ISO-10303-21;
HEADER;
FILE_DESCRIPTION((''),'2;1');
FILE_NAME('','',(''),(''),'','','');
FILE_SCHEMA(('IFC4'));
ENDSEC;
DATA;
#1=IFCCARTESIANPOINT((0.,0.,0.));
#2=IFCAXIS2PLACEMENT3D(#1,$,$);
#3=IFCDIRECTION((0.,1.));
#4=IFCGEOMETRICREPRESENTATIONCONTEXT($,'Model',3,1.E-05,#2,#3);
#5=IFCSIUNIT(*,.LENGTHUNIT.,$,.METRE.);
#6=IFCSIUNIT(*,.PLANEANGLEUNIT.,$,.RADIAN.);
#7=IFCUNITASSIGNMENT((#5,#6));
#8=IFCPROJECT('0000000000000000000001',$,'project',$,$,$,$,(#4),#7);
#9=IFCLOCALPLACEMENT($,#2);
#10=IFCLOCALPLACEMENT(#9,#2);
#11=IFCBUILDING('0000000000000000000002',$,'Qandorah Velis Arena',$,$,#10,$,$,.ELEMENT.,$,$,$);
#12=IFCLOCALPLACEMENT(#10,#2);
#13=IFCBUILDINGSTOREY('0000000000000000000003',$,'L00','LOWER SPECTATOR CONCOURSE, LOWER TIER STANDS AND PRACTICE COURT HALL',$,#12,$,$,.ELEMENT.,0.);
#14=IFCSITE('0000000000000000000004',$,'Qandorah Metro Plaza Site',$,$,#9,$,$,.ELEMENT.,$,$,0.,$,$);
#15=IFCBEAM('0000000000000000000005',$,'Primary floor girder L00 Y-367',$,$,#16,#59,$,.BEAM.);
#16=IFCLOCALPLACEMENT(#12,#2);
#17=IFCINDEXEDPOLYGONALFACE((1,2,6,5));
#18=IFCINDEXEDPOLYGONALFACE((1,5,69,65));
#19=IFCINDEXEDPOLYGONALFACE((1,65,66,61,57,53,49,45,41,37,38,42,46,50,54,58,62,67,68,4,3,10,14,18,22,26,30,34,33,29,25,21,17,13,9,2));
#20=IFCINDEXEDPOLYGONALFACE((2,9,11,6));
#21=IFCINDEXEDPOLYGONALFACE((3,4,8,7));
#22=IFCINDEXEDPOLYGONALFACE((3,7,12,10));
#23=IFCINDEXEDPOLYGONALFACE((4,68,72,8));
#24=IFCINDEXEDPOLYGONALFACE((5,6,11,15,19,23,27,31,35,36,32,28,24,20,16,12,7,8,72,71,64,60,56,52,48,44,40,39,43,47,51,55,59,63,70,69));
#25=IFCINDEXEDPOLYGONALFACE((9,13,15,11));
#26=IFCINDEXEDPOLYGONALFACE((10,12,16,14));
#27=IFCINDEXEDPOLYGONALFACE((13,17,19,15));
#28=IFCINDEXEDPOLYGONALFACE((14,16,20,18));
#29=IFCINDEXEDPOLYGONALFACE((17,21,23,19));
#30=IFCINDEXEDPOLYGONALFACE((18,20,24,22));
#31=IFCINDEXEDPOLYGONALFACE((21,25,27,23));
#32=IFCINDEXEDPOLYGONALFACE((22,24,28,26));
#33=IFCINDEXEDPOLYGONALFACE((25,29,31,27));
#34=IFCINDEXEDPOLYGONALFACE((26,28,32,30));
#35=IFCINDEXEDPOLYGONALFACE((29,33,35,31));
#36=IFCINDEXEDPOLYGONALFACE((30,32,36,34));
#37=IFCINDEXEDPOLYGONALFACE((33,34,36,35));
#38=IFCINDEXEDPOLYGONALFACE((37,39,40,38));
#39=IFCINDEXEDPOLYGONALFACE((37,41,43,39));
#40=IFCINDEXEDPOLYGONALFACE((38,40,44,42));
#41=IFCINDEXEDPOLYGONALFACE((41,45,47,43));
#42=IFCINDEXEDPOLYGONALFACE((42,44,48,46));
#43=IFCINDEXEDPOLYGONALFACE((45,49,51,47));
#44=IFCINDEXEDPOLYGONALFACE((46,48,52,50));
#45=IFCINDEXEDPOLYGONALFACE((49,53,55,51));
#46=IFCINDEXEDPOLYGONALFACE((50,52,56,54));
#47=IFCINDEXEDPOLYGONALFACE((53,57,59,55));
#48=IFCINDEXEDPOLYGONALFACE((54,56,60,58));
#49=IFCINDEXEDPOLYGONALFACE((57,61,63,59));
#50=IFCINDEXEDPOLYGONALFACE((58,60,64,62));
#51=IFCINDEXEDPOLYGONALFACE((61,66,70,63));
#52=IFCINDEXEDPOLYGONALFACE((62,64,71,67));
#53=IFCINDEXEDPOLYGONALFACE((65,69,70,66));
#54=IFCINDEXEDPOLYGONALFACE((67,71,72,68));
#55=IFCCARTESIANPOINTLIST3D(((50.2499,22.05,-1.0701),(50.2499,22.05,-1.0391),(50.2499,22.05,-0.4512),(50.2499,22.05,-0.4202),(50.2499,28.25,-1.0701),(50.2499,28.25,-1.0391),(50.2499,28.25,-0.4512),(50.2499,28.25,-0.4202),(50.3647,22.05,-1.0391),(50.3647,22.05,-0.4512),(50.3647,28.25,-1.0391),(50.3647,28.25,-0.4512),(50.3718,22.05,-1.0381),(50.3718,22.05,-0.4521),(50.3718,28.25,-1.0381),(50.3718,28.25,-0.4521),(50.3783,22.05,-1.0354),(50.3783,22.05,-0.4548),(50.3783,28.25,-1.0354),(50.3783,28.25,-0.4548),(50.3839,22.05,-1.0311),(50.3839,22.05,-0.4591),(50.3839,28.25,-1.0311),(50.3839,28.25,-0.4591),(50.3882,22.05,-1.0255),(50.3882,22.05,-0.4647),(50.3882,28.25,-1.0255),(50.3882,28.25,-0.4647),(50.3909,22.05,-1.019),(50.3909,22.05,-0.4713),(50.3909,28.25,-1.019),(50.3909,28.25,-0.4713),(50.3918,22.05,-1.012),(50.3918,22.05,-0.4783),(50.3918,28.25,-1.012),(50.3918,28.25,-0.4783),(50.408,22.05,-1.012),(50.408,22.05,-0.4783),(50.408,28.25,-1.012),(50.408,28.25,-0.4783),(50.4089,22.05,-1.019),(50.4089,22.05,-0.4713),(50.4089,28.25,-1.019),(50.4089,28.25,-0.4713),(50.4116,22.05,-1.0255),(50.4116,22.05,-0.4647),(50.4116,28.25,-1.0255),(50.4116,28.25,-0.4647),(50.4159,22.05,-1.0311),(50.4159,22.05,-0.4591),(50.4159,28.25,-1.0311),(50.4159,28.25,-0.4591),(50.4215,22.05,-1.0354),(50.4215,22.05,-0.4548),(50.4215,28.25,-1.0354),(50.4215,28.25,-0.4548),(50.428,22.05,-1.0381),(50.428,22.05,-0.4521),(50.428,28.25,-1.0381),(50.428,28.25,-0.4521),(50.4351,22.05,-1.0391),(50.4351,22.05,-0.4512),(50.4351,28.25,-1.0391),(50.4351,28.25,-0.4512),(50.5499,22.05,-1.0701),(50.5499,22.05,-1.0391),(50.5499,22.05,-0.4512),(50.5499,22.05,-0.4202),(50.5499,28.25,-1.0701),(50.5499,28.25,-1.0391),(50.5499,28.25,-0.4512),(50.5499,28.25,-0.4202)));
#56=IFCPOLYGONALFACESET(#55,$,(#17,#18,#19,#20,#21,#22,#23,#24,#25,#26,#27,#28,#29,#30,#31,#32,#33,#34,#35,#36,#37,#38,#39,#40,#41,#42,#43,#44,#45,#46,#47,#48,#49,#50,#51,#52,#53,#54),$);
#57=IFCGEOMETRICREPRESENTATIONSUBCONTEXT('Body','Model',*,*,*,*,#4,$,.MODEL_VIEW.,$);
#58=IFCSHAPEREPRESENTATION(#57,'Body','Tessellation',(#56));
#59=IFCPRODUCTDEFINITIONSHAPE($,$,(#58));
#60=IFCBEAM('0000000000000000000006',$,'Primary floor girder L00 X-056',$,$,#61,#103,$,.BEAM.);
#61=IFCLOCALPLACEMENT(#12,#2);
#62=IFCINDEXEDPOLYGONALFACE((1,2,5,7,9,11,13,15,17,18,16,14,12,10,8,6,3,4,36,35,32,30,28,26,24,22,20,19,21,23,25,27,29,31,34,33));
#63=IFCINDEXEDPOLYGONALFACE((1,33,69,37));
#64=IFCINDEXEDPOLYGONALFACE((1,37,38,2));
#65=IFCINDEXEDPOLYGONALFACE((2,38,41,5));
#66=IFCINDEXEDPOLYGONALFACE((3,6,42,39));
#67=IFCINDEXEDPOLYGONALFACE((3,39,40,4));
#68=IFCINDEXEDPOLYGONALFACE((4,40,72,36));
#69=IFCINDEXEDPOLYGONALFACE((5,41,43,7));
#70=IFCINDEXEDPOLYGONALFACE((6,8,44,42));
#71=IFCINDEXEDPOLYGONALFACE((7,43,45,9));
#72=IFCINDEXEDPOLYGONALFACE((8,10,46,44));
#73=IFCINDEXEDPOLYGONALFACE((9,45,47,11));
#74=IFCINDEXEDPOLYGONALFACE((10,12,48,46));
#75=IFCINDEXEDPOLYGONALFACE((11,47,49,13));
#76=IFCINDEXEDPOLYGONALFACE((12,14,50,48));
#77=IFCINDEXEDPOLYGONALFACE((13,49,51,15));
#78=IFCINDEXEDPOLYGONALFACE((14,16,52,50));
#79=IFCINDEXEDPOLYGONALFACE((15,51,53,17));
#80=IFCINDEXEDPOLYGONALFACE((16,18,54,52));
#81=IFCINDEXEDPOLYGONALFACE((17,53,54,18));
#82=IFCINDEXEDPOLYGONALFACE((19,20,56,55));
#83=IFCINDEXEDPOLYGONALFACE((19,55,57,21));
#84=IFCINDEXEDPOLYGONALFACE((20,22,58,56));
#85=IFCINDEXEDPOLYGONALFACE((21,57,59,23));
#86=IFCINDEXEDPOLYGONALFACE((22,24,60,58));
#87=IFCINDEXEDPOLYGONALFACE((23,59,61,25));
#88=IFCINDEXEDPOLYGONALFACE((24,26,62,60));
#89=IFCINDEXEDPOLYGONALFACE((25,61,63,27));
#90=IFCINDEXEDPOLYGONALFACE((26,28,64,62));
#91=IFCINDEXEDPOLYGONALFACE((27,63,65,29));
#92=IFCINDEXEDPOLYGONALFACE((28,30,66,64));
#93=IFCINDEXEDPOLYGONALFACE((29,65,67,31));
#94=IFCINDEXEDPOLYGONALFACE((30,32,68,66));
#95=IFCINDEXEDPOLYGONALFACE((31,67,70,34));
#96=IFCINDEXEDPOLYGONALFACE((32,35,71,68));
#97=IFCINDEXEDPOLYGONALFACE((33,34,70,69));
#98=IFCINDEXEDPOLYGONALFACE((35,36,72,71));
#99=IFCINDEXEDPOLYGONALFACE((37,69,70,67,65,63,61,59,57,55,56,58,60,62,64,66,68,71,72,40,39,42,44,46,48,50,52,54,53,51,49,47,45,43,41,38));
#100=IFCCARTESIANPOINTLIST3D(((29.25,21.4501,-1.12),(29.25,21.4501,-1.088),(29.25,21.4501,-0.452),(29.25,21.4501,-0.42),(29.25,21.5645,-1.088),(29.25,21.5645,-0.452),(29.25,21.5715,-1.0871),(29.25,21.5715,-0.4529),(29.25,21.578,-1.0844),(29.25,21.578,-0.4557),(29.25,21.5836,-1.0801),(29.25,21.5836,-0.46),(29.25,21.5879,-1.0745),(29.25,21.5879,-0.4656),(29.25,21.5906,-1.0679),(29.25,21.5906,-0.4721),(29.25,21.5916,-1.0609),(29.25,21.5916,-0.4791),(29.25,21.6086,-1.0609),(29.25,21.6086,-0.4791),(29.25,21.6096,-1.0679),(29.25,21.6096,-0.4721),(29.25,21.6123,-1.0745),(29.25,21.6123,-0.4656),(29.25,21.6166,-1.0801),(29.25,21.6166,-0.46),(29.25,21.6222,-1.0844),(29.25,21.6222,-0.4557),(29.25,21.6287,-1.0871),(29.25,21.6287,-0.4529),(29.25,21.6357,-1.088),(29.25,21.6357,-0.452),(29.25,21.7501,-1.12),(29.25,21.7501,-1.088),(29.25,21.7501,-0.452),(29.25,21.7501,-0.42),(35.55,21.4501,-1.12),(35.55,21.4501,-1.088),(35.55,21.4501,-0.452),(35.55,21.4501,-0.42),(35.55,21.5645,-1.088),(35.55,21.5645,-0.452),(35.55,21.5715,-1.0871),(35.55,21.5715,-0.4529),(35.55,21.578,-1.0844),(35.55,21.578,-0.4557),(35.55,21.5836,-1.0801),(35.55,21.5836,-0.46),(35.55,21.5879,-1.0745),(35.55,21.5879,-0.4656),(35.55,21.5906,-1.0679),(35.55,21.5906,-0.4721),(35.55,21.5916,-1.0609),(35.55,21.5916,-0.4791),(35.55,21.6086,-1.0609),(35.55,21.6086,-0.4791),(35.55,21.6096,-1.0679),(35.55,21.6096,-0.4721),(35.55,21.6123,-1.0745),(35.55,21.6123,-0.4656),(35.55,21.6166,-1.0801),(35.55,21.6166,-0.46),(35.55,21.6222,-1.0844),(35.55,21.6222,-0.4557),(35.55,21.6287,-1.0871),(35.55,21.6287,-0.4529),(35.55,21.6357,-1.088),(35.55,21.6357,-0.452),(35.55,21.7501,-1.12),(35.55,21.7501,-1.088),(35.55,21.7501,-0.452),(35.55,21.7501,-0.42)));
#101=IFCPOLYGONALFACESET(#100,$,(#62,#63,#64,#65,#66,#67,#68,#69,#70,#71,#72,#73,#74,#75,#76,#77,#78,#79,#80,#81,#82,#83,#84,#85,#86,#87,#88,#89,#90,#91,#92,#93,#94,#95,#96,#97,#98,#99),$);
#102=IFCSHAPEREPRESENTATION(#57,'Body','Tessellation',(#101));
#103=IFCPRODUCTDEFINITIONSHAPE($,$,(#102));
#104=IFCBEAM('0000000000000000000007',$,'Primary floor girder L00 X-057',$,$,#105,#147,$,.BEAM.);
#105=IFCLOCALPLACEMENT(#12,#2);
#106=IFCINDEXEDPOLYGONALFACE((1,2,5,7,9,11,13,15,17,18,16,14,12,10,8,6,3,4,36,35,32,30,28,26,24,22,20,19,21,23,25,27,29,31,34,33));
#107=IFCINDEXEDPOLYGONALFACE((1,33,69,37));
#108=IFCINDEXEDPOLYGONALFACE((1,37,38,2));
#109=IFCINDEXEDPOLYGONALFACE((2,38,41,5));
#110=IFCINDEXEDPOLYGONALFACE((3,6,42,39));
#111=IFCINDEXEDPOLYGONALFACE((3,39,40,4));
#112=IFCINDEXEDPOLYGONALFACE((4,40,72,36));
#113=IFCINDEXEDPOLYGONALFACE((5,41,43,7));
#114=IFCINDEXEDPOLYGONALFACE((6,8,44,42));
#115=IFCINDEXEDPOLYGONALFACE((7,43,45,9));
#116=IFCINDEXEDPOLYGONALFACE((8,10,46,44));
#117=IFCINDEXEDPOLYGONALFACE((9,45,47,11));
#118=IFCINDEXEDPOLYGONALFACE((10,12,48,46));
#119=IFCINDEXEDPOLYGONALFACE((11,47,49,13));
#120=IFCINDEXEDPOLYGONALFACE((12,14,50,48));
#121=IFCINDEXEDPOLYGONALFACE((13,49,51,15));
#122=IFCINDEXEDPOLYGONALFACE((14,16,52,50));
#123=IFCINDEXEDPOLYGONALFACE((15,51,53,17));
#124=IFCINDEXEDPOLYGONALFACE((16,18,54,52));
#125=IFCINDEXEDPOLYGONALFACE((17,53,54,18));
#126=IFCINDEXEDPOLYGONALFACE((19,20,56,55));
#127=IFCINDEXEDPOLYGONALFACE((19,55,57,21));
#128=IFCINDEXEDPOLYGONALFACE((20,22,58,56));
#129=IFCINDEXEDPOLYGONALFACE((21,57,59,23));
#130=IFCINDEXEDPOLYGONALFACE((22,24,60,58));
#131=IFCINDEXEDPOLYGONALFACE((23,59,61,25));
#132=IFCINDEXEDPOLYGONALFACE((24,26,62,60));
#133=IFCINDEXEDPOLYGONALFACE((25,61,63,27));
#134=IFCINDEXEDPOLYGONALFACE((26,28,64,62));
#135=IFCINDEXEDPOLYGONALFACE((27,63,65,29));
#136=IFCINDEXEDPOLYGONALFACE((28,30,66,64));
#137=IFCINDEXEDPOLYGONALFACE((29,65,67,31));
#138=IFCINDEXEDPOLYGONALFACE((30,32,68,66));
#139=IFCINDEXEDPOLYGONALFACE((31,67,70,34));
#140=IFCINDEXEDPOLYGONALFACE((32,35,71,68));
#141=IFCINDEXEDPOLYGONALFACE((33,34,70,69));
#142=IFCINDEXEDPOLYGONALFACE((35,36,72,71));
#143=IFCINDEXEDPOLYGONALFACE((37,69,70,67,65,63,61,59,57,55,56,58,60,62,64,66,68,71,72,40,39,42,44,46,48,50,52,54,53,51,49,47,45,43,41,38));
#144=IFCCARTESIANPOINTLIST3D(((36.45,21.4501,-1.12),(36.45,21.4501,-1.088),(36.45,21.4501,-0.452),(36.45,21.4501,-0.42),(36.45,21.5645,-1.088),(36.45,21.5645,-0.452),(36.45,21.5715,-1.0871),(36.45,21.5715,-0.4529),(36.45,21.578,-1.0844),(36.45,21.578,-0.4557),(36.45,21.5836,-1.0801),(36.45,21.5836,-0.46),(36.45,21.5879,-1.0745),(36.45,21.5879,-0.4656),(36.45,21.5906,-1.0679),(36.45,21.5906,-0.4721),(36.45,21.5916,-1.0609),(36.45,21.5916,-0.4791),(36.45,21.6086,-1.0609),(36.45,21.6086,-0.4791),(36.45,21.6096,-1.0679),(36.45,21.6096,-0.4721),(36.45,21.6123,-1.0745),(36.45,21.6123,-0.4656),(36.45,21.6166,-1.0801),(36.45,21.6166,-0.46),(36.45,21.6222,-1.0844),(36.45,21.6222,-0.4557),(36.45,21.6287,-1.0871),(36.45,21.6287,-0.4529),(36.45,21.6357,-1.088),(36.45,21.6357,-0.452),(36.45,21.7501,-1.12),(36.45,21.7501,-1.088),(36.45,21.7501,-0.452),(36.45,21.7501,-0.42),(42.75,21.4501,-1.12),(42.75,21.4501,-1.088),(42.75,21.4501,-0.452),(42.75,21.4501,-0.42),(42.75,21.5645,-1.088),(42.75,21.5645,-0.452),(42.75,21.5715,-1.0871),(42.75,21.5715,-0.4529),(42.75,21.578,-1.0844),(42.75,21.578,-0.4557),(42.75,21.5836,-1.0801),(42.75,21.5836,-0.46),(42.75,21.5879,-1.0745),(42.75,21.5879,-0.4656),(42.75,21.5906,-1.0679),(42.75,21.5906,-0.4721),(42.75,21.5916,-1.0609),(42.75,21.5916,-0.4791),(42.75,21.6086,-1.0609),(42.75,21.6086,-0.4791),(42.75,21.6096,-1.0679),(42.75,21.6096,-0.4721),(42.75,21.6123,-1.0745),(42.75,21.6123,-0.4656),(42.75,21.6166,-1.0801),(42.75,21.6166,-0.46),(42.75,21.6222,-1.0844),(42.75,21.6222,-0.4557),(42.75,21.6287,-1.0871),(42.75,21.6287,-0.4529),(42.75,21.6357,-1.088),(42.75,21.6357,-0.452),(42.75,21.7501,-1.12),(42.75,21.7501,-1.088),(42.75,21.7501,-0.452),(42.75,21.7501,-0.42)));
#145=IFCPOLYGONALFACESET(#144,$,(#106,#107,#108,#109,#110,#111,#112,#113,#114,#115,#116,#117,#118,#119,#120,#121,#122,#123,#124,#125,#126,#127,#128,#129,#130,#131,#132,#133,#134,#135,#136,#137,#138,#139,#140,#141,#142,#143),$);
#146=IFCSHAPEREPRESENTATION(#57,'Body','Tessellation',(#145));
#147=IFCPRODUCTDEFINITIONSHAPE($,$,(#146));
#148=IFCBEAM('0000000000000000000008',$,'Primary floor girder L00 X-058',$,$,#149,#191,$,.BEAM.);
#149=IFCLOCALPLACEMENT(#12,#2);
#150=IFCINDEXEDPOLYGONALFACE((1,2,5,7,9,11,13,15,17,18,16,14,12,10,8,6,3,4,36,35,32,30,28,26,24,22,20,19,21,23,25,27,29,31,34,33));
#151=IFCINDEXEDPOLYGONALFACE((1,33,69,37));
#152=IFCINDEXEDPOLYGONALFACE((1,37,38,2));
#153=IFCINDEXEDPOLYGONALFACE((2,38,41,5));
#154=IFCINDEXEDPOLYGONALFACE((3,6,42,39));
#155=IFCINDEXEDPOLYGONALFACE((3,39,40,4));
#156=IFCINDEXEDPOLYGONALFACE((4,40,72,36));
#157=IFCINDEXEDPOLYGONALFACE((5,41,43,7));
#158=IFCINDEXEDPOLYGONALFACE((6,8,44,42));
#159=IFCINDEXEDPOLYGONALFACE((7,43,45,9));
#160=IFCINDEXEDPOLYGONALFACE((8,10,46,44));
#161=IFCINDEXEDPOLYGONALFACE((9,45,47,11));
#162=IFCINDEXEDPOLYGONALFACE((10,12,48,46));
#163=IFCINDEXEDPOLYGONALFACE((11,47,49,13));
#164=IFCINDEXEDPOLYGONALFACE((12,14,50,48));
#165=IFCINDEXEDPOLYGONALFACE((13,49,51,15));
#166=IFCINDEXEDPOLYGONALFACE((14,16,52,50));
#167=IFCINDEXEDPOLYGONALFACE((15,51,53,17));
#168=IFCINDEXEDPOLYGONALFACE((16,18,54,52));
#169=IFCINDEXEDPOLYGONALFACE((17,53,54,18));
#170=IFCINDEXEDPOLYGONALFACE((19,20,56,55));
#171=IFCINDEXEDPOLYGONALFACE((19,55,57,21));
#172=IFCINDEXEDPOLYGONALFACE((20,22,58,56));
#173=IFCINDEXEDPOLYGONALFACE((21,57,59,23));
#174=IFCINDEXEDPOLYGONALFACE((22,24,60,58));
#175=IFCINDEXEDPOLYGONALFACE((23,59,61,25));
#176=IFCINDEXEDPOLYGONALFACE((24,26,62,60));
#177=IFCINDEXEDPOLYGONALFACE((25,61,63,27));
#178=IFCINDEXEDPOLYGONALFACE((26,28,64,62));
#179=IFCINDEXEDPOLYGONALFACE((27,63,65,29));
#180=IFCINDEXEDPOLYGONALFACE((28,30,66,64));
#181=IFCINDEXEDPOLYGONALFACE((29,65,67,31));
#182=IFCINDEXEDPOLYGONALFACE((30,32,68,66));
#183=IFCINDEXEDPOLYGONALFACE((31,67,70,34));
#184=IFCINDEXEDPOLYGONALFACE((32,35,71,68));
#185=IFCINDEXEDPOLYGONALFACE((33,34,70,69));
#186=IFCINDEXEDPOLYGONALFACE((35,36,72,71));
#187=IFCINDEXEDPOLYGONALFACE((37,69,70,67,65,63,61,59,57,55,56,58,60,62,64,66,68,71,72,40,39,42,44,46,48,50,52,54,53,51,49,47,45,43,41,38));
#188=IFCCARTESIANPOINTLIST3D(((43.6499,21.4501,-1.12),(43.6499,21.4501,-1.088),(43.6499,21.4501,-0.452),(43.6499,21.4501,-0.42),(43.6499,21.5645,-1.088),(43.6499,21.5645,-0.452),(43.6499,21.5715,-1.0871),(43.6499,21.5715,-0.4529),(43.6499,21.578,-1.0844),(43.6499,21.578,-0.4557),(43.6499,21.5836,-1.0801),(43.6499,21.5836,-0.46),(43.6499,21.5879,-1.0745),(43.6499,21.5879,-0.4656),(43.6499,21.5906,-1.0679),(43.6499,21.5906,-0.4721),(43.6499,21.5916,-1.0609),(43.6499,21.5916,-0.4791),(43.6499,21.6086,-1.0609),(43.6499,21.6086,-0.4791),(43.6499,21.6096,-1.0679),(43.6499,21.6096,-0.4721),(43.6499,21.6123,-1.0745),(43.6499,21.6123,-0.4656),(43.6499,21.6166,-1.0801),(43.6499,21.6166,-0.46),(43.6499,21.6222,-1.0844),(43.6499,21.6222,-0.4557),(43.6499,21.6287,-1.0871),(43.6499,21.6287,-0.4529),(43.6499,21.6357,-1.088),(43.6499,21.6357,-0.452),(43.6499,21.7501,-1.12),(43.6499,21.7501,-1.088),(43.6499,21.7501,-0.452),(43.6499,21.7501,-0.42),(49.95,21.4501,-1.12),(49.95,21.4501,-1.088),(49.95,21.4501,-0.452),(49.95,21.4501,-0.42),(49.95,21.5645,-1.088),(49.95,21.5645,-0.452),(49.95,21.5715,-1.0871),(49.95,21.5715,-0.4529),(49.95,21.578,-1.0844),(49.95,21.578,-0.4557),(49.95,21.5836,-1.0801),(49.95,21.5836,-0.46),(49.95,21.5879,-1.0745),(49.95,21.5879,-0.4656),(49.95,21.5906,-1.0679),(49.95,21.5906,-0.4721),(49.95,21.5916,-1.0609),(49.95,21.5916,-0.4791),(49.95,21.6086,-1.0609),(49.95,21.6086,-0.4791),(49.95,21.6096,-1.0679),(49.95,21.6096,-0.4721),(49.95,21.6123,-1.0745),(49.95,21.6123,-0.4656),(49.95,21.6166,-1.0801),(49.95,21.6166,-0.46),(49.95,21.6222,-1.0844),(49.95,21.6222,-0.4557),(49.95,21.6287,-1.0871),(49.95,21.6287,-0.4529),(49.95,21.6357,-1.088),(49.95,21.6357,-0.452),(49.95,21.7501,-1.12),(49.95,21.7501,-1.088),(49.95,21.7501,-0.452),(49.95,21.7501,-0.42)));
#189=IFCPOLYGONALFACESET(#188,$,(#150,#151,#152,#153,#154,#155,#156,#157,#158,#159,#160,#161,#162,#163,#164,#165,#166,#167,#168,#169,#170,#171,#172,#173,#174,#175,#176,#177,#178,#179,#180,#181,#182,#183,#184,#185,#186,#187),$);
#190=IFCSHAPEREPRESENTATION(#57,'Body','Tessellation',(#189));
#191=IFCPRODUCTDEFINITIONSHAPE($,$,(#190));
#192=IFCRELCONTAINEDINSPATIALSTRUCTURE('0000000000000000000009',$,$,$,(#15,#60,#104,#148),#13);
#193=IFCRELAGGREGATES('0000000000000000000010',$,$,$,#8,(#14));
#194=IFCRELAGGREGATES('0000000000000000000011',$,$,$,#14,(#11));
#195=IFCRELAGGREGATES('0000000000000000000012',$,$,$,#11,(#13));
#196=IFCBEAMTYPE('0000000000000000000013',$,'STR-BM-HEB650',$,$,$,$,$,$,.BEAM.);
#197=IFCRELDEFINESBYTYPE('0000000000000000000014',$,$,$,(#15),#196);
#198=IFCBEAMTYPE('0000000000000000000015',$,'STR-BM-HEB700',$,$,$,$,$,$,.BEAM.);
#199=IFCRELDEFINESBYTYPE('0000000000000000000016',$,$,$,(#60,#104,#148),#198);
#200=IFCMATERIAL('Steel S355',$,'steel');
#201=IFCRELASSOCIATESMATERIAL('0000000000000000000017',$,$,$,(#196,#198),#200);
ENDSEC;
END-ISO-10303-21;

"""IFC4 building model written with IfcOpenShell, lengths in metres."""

from ifc_helpers import new_model, si_unit, direction, frame, origin, origin_2d, place, context, subcontext, project, spatial, i_section, extrude, material, material_profile, profile_set, type_object, element, save


model = new_model("IFC4")

# Units and contexts
model_context = context("Model", 3, precision=1e-05, world=origin(), true_north=direction((0.0, 1.0)))
body_context = subcontext(model_context, "Body", "Model", "MODEL_VIEW")
ifc_project = project(units=[si_unit("LENGTHUNIT", "METRE"), si_unit("PLANEANGLEUNIT", "RADIAN")], contexts=[model_context])

# Site, building, storey
site_placement = place(None, origin())
site = spatial("IfcSite", under=ifc_project, at=site_placement, Name="Qandorah Metro Plaza Site", CompositionType="ELEMENT", RefElevation=0.0)
building_placement = place(site_placement, origin())
building = spatial("IfcBuilding", under=site, at=building_placement, Name="Qandorah Velis Arena", CompositionType="ELEMENT")
storey_placement = place(building_placement, origin())
storey = spatial("IfcBuildingStorey", under=building, at=storey_placement, Name="L00", Description="LOWER SPECTATOR CONCOURSE, LOWER TIER STANDS AND PRACTICE COURT HALL", CompositionType="ELEMENT", Elevation=0.0)

# Beams
ifc_material_1 = material(Name="Steel S355", Category="steel")
ifc_material_profile_1 = material_profile(ifc_material_1, i_section(OverallWidth=0.3, OverallDepth=0.6499, WebThickness=0.0161, FlangeThickness=0.031, FilletRadius=0.0271, at=origin_2d()), Name="HEB 650")
ifc_profile_set_1 = profile_set([ifc_material_profile_1], Name="Steel S355")
beam_type_1 = type_object("IfcBeamType", Name="STR-BM-HEB650", PredefinedType="BEAM", material=ifc_profile_set_1)
for number, where, z_axis, x_axis, name in (
    (1, (50.3999, 22.05, -0.7451), (0.0, 1.0, 0.0), (-1.0, 0.0, 0.0), "Primary floor girder L00 Y-367"),
):
    element("IfcBeam", number, at=place(storey_placement, frame(where, z_axis=z_axis, x_axis=x_axis)), inside=storey, type_object=beam_type_1, Name=name, PredefinedType="BEAM", context=body_context, shape_type="SweptSolid", body=[
        extrude(i_section(OverallWidth=0.3, OverallDepth=0.6499, WebThickness=0.0161, FlangeThickness=0.031, FilletRadius=0.0271, at=origin_2d()), origin(), (0.0, 0.0, 1.0), 6.2),
    ])
ifc_material_profile_2 = material_profile(ifc_material_1, i_section(OverallWidth=0.3, OverallDepth=0.7, WebThickness=0.0171, FlangeThickness=0.032, FilletRadius=0.0271, at=origin_2d()), Name="HEB 700")
ifc_profile_set_2 = profile_set([ifc_material_profile_2], Name="Steel S355")
beam_type_2 = type_object("IfcBeamType", Name="STR-BM-HEB700", PredefinedType="BEAM", material=ifc_profile_set_2)
for number, where, z_axis, x_axis, name in (
    (2, (29.25, 21.6001, -0.77), (1.0, 0.0, 0.0), (0.0, 1.0, 0.0), "Primary floor girder L00 X-056"),
    (3, (36.45, 21.6001, -0.77), (1.0, 0.0, 0.0), (0.0, 1.0, 0.0), "Primary floor girder L00 X-057"),
    (4, (43.6499, 21.6001, -0.77), (1.0, 0.0, 0.0), (0.0, 1.0, 0.0), "Primary floor girder L00 X-058"),
):
    element("IfcBeam", number, at=place(storey_placement, frame(where, z_axis=z_axis, x_axis=x_axis)), inside=storey, type_object=beam_type_2, Name=name, PredefinedType="BEAM", context=body_context, shape_type="SweptSolid", body=[
        extrude(i_section(OverallWidth=0.3, OverallDepth=0.7, WebThickness=0.0171, FlangeThickness=0.032, FilletRadius=0.0271, at=origin_2d()), origin(), (0.0, 0.0, 1.0), 6.3),
    ])

save(model, "model.ifc")
